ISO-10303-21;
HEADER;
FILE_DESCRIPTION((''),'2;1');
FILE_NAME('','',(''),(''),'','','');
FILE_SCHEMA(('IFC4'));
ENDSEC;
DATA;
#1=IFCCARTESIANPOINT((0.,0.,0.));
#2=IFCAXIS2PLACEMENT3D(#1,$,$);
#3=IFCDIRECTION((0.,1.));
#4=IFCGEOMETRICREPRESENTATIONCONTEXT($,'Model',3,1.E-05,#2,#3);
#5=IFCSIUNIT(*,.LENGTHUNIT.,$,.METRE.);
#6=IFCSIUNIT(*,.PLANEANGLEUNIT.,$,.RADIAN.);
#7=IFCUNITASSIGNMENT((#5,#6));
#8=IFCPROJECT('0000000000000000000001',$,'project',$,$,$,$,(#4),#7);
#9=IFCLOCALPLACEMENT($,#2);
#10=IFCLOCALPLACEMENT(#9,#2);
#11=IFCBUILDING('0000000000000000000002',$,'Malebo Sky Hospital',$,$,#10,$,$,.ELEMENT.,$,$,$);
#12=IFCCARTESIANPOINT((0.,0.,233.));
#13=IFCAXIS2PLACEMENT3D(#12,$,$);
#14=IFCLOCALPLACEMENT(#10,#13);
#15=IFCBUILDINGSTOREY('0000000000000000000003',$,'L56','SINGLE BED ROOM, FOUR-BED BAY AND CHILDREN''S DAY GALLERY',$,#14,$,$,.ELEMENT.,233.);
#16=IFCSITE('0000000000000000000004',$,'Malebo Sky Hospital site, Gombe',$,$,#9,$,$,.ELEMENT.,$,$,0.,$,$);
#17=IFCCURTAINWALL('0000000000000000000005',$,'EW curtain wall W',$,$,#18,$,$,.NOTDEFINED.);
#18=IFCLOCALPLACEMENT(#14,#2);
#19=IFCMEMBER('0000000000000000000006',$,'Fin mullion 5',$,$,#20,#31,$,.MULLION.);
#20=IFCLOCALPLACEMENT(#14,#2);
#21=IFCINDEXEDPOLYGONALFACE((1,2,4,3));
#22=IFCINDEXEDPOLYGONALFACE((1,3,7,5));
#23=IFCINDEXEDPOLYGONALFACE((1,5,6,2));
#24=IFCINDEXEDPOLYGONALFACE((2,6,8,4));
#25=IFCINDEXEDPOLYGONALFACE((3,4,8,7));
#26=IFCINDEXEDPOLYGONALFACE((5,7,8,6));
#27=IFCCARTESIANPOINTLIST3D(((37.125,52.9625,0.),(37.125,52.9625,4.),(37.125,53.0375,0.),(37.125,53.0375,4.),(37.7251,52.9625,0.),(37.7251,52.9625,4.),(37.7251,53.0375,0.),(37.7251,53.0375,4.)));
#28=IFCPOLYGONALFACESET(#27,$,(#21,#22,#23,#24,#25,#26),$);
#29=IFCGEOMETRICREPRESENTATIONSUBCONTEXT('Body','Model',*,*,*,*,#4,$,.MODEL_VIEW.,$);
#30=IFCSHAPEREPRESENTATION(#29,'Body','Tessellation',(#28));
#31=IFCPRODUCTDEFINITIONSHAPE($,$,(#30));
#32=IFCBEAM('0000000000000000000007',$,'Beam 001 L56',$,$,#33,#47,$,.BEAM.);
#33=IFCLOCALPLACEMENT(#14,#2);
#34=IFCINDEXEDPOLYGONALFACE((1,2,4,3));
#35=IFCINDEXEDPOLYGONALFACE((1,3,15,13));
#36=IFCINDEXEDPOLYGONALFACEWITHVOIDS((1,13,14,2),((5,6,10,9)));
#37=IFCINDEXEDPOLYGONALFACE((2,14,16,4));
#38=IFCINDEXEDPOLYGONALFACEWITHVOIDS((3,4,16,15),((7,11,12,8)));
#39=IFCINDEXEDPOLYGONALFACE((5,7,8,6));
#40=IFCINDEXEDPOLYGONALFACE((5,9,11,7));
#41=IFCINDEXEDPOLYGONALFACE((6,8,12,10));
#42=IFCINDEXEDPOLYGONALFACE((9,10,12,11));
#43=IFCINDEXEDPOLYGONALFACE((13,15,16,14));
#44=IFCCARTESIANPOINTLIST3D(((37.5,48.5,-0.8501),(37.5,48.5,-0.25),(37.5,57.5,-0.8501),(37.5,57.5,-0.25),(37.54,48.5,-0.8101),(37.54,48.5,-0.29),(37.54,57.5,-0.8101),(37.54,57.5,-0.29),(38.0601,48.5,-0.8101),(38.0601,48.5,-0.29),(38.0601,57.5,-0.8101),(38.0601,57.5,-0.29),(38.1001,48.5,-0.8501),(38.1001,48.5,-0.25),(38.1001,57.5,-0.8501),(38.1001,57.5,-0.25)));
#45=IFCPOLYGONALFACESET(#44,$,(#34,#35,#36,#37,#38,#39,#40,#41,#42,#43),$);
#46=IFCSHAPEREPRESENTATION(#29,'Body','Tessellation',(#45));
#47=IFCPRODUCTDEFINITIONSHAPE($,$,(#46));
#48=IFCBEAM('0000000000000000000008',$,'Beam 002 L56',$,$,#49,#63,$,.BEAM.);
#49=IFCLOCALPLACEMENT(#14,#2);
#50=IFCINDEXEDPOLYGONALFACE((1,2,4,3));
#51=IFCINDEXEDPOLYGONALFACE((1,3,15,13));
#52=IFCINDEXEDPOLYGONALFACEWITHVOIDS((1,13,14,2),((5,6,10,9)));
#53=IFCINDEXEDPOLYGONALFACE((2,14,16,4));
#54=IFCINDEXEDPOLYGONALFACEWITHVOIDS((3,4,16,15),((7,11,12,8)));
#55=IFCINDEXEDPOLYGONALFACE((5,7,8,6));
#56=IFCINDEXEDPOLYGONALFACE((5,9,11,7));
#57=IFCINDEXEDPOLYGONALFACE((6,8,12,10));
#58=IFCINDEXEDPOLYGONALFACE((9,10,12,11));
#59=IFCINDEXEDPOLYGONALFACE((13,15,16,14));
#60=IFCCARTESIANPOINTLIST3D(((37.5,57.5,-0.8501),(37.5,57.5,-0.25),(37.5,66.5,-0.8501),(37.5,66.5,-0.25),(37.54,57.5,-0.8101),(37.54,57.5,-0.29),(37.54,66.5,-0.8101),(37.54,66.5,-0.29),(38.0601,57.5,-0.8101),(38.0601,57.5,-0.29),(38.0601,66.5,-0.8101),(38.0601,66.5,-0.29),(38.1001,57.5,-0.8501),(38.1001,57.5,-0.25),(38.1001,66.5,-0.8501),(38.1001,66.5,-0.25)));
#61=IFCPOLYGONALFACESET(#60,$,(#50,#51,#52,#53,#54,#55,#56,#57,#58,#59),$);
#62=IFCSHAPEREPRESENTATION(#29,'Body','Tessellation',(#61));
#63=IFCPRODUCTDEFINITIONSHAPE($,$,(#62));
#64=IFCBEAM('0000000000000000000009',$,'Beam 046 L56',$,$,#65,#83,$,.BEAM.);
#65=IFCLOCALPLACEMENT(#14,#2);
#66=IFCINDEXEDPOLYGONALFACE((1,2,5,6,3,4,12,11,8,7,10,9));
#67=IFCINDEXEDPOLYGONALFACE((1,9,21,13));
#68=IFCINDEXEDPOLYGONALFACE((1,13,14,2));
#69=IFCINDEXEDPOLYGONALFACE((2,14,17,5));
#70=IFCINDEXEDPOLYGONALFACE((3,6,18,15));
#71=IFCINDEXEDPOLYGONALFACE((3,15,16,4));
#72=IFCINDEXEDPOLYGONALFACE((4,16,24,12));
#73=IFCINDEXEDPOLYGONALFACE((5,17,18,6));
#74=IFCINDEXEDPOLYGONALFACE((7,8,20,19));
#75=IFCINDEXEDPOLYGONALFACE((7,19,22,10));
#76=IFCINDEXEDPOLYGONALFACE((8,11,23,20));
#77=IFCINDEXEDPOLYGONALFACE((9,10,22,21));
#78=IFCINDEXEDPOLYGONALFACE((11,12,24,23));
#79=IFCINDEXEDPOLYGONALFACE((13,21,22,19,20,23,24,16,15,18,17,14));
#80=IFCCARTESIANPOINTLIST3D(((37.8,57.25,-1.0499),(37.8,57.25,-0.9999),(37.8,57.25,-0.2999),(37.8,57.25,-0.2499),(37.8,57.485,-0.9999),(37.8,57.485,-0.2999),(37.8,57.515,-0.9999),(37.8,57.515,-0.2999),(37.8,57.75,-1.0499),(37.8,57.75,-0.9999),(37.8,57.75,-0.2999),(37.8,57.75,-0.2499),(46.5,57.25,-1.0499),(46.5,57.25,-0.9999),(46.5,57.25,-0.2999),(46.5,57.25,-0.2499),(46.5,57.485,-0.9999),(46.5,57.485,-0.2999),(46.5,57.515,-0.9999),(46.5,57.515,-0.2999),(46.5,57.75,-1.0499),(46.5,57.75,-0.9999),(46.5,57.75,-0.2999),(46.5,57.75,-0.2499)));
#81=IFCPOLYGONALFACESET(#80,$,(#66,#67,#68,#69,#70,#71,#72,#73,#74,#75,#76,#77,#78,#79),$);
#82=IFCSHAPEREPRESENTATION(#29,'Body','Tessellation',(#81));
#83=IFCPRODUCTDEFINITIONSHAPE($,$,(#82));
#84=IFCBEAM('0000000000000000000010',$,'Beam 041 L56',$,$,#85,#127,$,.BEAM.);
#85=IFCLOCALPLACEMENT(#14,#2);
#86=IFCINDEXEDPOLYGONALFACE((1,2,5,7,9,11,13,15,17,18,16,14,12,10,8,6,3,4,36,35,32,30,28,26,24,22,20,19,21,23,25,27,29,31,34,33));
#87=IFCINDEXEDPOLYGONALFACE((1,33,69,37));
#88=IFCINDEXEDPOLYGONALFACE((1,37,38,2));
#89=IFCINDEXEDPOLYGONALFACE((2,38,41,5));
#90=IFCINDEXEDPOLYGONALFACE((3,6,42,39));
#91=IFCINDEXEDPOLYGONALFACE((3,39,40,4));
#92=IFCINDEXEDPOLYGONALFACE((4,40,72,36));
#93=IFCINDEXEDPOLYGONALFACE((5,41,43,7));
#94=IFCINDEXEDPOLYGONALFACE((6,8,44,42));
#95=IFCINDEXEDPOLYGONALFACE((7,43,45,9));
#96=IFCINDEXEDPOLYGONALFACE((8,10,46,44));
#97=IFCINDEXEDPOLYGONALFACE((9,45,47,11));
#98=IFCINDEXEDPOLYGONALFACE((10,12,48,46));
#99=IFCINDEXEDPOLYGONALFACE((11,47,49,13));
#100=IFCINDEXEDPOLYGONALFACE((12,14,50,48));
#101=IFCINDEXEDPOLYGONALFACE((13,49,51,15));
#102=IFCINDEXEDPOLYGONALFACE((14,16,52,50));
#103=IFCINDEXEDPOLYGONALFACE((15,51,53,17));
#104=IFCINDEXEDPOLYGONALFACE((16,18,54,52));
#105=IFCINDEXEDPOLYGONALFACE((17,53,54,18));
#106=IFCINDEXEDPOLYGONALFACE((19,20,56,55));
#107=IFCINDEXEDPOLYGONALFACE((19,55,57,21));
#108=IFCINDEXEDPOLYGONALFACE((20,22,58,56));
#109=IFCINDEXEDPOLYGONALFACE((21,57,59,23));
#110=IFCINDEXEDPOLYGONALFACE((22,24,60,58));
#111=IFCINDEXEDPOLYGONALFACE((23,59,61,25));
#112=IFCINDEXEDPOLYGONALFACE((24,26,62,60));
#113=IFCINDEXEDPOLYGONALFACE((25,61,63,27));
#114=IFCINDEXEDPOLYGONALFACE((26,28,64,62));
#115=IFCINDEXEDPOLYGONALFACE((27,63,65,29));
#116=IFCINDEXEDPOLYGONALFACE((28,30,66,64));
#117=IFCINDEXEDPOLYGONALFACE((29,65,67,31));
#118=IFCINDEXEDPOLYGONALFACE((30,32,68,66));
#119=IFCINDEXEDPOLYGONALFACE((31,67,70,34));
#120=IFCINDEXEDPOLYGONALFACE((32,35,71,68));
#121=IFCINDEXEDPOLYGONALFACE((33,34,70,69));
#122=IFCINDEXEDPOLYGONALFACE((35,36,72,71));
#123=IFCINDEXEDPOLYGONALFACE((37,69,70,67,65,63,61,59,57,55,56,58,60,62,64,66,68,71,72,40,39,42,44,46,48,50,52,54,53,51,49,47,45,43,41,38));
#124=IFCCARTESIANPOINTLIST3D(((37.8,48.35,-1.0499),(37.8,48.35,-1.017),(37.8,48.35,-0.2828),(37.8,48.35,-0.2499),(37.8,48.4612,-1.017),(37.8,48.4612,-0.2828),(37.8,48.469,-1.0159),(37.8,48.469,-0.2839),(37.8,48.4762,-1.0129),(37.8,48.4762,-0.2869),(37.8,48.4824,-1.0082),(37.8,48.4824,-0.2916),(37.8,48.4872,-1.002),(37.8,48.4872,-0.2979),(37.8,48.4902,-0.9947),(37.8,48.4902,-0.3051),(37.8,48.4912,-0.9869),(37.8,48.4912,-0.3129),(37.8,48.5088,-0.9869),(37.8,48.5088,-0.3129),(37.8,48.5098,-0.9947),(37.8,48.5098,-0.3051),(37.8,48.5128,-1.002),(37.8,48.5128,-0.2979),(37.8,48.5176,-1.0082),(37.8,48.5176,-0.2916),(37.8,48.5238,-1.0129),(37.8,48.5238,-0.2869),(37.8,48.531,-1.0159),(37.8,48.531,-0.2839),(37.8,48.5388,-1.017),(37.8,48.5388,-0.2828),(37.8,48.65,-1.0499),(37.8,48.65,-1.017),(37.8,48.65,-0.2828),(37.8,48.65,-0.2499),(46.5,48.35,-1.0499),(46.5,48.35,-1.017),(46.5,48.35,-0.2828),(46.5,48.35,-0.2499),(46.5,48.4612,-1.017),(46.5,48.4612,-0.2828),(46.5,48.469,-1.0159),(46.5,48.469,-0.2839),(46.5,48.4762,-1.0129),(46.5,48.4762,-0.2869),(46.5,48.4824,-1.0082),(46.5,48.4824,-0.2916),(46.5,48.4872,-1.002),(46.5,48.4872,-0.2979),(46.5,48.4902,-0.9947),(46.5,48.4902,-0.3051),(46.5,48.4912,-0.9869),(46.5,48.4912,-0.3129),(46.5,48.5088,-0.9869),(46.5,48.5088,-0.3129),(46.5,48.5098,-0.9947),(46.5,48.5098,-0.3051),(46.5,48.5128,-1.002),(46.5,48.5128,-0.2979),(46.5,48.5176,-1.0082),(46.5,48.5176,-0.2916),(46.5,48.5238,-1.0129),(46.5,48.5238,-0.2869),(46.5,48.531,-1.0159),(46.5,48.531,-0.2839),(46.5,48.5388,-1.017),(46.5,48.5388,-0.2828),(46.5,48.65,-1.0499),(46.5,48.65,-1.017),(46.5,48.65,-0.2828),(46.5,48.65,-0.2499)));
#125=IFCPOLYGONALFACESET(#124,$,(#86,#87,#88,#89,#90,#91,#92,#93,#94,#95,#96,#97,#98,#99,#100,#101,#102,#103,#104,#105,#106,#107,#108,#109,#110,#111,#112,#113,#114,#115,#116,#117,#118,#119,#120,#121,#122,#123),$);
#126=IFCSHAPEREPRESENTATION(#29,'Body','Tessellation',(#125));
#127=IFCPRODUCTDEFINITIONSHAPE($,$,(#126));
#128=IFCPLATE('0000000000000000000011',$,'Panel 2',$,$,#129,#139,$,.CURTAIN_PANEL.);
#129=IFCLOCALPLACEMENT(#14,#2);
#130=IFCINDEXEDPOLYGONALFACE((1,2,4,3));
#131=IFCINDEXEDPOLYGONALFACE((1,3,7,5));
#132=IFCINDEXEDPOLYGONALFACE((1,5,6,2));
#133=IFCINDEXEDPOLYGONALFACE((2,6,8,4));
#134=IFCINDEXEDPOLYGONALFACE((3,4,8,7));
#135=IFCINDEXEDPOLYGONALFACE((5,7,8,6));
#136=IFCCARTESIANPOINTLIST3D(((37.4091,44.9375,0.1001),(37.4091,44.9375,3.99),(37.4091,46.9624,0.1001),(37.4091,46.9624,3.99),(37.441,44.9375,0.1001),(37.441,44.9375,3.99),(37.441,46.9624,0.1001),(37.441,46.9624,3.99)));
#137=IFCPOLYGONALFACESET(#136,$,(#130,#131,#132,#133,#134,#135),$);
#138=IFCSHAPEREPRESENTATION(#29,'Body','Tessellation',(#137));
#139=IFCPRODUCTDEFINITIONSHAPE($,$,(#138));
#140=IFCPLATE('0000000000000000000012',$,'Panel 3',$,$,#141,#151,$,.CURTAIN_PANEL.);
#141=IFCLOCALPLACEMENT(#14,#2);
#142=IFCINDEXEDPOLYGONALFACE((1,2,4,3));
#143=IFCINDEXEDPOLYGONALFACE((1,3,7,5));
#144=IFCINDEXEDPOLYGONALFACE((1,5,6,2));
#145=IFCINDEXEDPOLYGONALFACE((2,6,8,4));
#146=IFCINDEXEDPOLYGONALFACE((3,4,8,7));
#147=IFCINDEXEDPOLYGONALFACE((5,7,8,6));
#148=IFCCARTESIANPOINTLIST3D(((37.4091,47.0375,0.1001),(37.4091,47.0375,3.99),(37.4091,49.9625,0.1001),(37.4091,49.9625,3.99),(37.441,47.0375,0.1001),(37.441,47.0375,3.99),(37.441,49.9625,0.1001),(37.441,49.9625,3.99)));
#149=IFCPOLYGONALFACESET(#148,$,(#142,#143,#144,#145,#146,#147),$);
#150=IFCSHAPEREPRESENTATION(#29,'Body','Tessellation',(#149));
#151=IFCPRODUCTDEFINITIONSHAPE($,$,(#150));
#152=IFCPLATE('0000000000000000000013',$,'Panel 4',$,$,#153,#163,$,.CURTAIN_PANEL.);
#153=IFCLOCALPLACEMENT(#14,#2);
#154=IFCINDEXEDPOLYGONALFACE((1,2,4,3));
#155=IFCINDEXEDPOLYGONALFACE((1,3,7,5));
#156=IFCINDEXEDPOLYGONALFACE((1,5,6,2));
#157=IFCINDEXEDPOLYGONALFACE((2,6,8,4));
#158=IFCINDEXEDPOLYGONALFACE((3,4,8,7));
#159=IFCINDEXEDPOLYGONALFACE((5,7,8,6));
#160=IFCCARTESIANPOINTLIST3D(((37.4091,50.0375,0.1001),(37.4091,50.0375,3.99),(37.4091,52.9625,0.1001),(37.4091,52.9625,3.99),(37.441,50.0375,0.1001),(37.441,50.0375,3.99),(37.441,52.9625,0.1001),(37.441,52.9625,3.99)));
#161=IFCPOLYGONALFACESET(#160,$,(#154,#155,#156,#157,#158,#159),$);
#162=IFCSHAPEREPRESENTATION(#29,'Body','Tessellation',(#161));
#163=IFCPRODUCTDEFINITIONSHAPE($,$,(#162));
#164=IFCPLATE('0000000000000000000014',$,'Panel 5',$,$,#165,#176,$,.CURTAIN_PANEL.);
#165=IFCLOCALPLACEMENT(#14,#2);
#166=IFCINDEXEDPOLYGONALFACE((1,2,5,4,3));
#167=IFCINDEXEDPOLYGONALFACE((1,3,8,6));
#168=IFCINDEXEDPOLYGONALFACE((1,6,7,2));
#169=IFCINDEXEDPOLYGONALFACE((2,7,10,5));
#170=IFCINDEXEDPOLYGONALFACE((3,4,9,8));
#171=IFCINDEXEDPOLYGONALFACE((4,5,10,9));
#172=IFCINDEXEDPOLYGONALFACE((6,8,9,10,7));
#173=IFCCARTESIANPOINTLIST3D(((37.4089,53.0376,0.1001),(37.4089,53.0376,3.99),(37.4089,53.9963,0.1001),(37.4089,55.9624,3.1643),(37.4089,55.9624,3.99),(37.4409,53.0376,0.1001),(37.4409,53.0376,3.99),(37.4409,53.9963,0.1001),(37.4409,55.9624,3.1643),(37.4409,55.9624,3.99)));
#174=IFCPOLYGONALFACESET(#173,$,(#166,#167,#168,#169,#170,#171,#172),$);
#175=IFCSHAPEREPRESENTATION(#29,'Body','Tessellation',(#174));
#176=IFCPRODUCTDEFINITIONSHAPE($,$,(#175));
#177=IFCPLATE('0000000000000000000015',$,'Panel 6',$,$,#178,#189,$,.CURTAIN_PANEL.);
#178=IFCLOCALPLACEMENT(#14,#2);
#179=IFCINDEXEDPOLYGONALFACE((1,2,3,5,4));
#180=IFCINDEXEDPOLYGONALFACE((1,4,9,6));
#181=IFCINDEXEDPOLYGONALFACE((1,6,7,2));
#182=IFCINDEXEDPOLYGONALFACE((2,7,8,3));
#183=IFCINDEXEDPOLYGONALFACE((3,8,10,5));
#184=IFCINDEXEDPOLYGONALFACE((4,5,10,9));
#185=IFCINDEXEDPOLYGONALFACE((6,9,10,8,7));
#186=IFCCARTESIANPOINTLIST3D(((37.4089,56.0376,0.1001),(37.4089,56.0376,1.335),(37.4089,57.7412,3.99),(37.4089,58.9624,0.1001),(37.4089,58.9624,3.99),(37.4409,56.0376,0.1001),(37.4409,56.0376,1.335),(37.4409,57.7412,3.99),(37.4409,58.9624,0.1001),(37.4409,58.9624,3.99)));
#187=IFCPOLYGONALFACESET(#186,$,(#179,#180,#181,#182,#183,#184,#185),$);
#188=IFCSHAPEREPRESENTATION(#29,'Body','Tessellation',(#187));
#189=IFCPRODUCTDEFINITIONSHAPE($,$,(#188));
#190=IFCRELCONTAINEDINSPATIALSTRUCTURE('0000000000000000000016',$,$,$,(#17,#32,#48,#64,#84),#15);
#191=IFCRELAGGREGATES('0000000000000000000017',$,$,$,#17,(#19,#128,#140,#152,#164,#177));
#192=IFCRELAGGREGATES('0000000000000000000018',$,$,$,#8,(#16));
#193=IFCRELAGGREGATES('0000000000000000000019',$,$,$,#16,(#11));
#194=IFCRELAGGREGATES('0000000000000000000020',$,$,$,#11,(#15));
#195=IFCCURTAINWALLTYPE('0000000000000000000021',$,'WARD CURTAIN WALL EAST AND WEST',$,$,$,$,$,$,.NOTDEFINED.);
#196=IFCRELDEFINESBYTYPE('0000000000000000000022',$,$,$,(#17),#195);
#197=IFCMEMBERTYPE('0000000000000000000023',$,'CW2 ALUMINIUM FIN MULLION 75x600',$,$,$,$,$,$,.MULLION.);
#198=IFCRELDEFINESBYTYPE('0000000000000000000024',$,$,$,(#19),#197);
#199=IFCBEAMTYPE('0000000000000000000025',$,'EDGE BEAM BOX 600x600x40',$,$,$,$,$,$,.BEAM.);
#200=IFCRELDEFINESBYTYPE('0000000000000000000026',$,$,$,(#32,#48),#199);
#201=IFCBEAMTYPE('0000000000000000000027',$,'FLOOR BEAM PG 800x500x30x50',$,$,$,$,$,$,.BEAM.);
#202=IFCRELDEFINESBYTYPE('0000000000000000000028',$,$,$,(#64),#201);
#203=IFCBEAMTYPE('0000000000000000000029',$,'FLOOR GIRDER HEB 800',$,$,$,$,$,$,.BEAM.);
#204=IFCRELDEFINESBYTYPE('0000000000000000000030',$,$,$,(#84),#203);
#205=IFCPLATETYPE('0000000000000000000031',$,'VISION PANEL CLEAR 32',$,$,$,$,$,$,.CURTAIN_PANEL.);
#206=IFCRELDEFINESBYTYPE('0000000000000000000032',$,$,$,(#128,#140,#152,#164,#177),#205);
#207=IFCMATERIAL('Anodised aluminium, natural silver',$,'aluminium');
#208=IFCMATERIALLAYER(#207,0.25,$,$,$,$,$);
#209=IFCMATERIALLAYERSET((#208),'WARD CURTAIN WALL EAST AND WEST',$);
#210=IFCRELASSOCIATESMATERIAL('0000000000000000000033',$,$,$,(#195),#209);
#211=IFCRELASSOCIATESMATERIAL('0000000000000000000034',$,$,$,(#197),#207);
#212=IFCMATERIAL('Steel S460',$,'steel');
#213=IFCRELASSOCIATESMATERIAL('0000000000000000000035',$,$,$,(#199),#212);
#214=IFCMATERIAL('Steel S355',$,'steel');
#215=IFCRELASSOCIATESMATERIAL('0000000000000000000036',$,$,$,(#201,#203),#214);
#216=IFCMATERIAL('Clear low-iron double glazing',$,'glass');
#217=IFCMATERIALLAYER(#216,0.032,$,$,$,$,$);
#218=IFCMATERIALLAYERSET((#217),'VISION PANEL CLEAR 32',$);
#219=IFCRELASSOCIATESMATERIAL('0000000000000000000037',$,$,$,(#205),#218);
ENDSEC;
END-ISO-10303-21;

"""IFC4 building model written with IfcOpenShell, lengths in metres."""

from ifc_helpers import new_model, si_unit, direction, frame, origin, origin_2d, place, context, subcontext, project, spatial, polyline, rectangle, hollow_rectangle, i_section, outline, extrude, material, layer, layer_set, material_profile, profile_set, type_object, element, aggregate, save


model = new_model("IFC4")

# Units and contexts
model_context = context("Model", 3, precision=1e-05, world=origin(), true_north=direction((0.0, 1.0)))
body_context = subcontext(model_context, "Body", "Model", "MODEL_VIEW")
ifc_project = project(units=[si_unit("LENGTHUNIT", "METRE"), si_unit("PLANEANGLEUNIT", "RADIAN")], contexts=[model_context])

# Site, building, storey
site_placement = place(None, origin())
site = spatial("IfcSite", under=ifc_project, at=site_placement, Name="Malebo Sky Hospital site, Gombe", CompositionType="ELEMENT", RefElevation=0.0)
building_placement = place(site_placement, origin())
building = spatial("IfcBuilding", under=site, at=building_placement, Name="Malebo Sky Hospital", CompositionType="ELEMENT")
storey_placement = place(building_placement, frame((0.0, 0.0, 233.0)))
storey = spatial("IfcBuildingStorey", under=building, at=storey_placement, Name="L56", Description="SINGLE BED ROOM, FOUR-BED BAY AND CHILDREN'S DAY GALLERY", CompositionType="ELEMENT", Elevation=233.0)

# Shared definitions
ifc_material_1 = material(Name="Steel S460", Category="steel")

# Curtain wall
ifc_material_2 = material(Name="Anodised aluminium, natural silver", Category="aluminium")
ifc_layer_1 = layer(ifc_material_2, 0.25)
ifc_layer_set_1 = layer_set([ifc_layer_1], Name="WARD CURTAIN WALL EAST AND WEST")
curtain_wall_type = type_object("IfcCurtainWallType", Name="WARD CURTAIN WALL EAST AND WEST", PredefinedType="NOTDEFINED", material=ifc_layer_set_1)
curtain_wall_placement = place(storey_placement, origin())
curtain_wall = element("IfcCurtainWall", 1, at=curtain_wall_placement, inside=storey, type_object=curtain_wall_type, Name="EW curtain wall W", PredefinedType="NOTDEFINED")

# Member
ifc_material_3 = material(Name="Steel S355", Category="steel")
ifc_material_profile_1 = material_profile(ifc_material_2, rectangle(XDim=0.075, YDim=0.6001, at=origin_2d()), Name="CW2 ALUMINIUM FIN MULLION 75x600")
ifc_profile_set_1 = profile_set([ifc_material_profile_1], Name="Anodised aluminium, natural silver")
member_type_1 = type_object("IfcMemberType", Name="CW2 ALUMINIUM FIN MULLION 75x600", PredefinedType="MULLION", material=ifc_profile_set_1)
member_1_placement = place(storey_placement, frame((37.425, 53.0, 0.0), z_axis=(0.0, 0.0, 1.0), x_axis=(0.0, 1.0, 0.0)))
member_1 = element("IfcMember", 2, at=member_1_placement, type_object=member_type_1, Name="Fin mullion 5", PredefinedType="MULLION", context=body_context, shape_type="SweptSolid", body=[
    extrude(rectangle(XDim=0.075, YDim=0.6001, at=origin_2d()), origin(), (0.0, 0.0, 1.0), 4.0),
])

# Beams
ifc_material_profile_2 = material_profile(ifc_material_1, hollow_rectangle(XDim=0.6001, YDim=0.6001, WallThickness=0.04, at=origin_2d()), Name="BOX 600x600x40")
ifc_profile_set_2 = profile_set([ifc_material_profile_2], Name="Steel S460")
beam_type_1 = type_object("IfcBeamType", Name="EDGE BEAM BOX 600x600x40", PredefinedType="BEAM", material=ifc_profile_set_2)
for number, where, z_axis, x_axis, name in (
    (3, (37.8, 48.5, -0.55), (0.0, 1.0, 0.0), (-1.0, 0.0, 0.0), "Beam 001 L56"),
    (4, (37.8, 57.5, -0.55), (0.0, 1.0, 0.0), (-1.0, 0.0, 0.0), "Beam 002 L56"),
):
    element("IfcBeam", number, at=place(storey_placement, frame(where, z_axis=z_axis, x_axis=x_axis)), inside=storey, type_object=beam_type_1, Name=name, PredefinedType="BEAM", context=body_context, shape_type="SweptSolid", body=[
        extrude(hollow_rectangle(XDim=0.6001, YDim=0.6001, WallThickness=0.04, at=origin_2d()), origin(), (0.0, 0.0, 1.0), 9.0),
    ])
ifc_material_profile_3 = material_profile(ifc_material_3, i_section(OverallWidth=0.5, OverallDepth=0.8, WebThickness=0.03, FlangeThickness=0.05, at=origin_2d()), Name="PG 800x500x30x50")
ifc_profile_set_3 = profile_set([ifc_material_profile_3], Name="Steel S355")
beam_type_2 = type_object("IfcBeamType", Name="FLOOR BEAM PG 800x500x30x50", PredefinedType="BEAM", material=ifc_profile_set_3)
beam_1_placement = place(storey_placement, frame((37.8, 57.5, -0.6499), z_axis=(1.0, 0.0, 0.0), x_axis=(0.0, 1.0, 0.0)))
element("IfcBeam", 5, at=beam_1_placement, inside=storey, type_object=beam_type_2, Name="Beam 046 L56", PredefinedType="BEAM", context=body_context, shape_type="SweptSolid", body=[
    extrude(i_section(OverallWidth=0.5, OverallDepth=0.8, WebThickness=0.03, FlangeThickness=0.05, at=origin_2d()), origin(), (0.0, 0.0, 1.0), 8.7),
])
ifc_material_profile_4 = material_profile(ifc_material_3, i_section(OverallWidth=0.3, OverallDepth=0.8, WebThickness=0.0176, FlangeThickness=0.033, FilletRadius=0.03, at=origin_2d()), Name="HEB 800")
ifc_profile_set_4 = profile_set([ifc_material_profile_4], Name="Steel S355")
beam_type_3 = type_object("IfcBeamType", Name="FLOOR GIRDER HEB 800", PredefinedType="BEAM", material=ifc_profile_set_4)
beam_2_placement = place(storey_placement, frame((37.8, 48.5, -0.6499), z_axis=(1.0, 0.0, 0.0), x_axis=(0.0, 1.0, 0.0)))
element("IfcBeam", 6, at=beam_2_placement, inside=storey, type_object=beam_type_3, Name="Beam 041 L56", PredefinedType="BEAM", context=body_context, shape_type="SweptSolid", body=[
    extrude(i_section(OverallWidth=0.3, OverallDepth=0.8, WebThickness=0.0176, FlangeThickness=0.033, FilletRadius=0.03, at=origin_2d()), origin(), (0.0, 0.0, 1.0), 8.7),
])

# Plates
ifc_material_4 = material(Name="Clear low-iron double glazing", Category="glass")
ifc_layer_2 = layer(ifc_material_4, 0.032)
ifc_layer_set_2 = layer_set([ifc_layer_2], Name="VISION PANEL CLEAR 32")
plate_type = type_object("IfcPlateType", Name="VISION PANEL CLEAR 32", PredefinedType="CURTAIN_PANEL", material=ifc_layer_set_2)
plate_1_placement = place(storey_placement, frame((37.425, 45.95, 0.1001), z_axis=(0.0, 0.0, 1.0), x_axis=(0.0, 1.0, 0.0)))
plate_1 = element("IfcPlate", 7, at=plate_1_placement, type_object=plate_type, Name="Panel 2", PredefinedType="CURTAIN_PANEL", context=body_context, shape_type="SweptSolid", body=[
    extrude(rectangle(XDim=2.0249, YDim=0.032, at=origin_2d()), origin(), (0.0, 0.0, 1.0), 3.8899),
])
plate_2_placement = place(storey_placement, frame((37.425, 48.5, 0.1001), z_axis=(0.0, 0.0, 1.0), x_axis=(0.0, 1.0, 0.0)))
plate_2 = element("IfcPlate", 8, at=plate_2_placement, type_object=plate_type, Name="Panel 3", PredefinedType="CURTAIN_PANEL", context=body_context, shape_type="SweptSolid", body=[
    extrude(rectangle(XDim=2.925, YDim=0.032, at=origin_2d()), origin(), (0.0, 0.0, 1.0), 3.8899),
])
plate_3_placement = place(storey_placement, frame((37.425, 51.5, 0.1001), z_axis=(0.0, 0.0, 1.0), x_axis=(0.0, 1.0, 0.0)))
plate_3 = element("IfcPlate", 9, at=plate_3_placement, type_object=plate_type, Name="Panel 4", PredefinedType="CURTAIN_PANEL", context=body_context, shape_type="SweptSolid", body=[
    extrude(rectangle(XDim=2.925, YDim=0.032, at=origin_2d()), origin(), (0.0, 0.0, 1.0), 3.8899),
])
plate_4_placement = place(storey_placement, frame((37.425, 54.5, 0.1001), z_axis=(0.0, 0.0, 1.0), x_axis=(0.0, 1.0, 0.0)))
plate_4 = element("IfcPlate", 10, at=plate_4_placement, type_object=plate_type, Name="Panel 5", PredefinedType="CURTAIN_PANEL", context=body_context, shape_type="SweptSolid", body=[
    extrude(outline(polyline([(-1.4624, 0.0), (-0.5037, 0.0), (1.4624, 3.0642), (1.4624, 3.8899), (-1.4624, 3.8899), (-1.4624, 0.0)])), frame((0.0, 0.0161, 0.0), z_axis=(0.0, -1.0, 0.0), x_axis=(1.0, 0.0, 0.0)), (0.0, 0.0, 1.0), 0.032),
])
plate_5_placement = place(storey_placement, frame((37.425, 57.5, 0.1001), z_axis=(0.0, 0.0, 1.0), x_axis=(0.0, 1.0, 0.0)))
plate_5 = element("IfcPlate", 11, at=plate_5_placement, type_object=plate_type, Name="Panel 6", PredefinedType="CURTAIN_PANEL", context=body_context, shape_type="SweptSolid", body=[
    extrude(outline(polyline([(-1.4624, 0.0), (1.4624, 0.0), (1.4624, 3.8899), (0.2412, 3.8899), (-1.4624, 1.2349), (-1.4624, 0.0)])), frame((0.0, 0.0161, 0.0), z_axis=(0.0, -1.0, 0.0), x_axis=(1.0, 0.0, 0.0)), (0.0, 0.0, 1.0), 0.032),
])
aggregate(curtain_wall, [member_1, plate_1, plate_2, plate_3, plate_4, plate_5])

save(model, "model.ifc")
